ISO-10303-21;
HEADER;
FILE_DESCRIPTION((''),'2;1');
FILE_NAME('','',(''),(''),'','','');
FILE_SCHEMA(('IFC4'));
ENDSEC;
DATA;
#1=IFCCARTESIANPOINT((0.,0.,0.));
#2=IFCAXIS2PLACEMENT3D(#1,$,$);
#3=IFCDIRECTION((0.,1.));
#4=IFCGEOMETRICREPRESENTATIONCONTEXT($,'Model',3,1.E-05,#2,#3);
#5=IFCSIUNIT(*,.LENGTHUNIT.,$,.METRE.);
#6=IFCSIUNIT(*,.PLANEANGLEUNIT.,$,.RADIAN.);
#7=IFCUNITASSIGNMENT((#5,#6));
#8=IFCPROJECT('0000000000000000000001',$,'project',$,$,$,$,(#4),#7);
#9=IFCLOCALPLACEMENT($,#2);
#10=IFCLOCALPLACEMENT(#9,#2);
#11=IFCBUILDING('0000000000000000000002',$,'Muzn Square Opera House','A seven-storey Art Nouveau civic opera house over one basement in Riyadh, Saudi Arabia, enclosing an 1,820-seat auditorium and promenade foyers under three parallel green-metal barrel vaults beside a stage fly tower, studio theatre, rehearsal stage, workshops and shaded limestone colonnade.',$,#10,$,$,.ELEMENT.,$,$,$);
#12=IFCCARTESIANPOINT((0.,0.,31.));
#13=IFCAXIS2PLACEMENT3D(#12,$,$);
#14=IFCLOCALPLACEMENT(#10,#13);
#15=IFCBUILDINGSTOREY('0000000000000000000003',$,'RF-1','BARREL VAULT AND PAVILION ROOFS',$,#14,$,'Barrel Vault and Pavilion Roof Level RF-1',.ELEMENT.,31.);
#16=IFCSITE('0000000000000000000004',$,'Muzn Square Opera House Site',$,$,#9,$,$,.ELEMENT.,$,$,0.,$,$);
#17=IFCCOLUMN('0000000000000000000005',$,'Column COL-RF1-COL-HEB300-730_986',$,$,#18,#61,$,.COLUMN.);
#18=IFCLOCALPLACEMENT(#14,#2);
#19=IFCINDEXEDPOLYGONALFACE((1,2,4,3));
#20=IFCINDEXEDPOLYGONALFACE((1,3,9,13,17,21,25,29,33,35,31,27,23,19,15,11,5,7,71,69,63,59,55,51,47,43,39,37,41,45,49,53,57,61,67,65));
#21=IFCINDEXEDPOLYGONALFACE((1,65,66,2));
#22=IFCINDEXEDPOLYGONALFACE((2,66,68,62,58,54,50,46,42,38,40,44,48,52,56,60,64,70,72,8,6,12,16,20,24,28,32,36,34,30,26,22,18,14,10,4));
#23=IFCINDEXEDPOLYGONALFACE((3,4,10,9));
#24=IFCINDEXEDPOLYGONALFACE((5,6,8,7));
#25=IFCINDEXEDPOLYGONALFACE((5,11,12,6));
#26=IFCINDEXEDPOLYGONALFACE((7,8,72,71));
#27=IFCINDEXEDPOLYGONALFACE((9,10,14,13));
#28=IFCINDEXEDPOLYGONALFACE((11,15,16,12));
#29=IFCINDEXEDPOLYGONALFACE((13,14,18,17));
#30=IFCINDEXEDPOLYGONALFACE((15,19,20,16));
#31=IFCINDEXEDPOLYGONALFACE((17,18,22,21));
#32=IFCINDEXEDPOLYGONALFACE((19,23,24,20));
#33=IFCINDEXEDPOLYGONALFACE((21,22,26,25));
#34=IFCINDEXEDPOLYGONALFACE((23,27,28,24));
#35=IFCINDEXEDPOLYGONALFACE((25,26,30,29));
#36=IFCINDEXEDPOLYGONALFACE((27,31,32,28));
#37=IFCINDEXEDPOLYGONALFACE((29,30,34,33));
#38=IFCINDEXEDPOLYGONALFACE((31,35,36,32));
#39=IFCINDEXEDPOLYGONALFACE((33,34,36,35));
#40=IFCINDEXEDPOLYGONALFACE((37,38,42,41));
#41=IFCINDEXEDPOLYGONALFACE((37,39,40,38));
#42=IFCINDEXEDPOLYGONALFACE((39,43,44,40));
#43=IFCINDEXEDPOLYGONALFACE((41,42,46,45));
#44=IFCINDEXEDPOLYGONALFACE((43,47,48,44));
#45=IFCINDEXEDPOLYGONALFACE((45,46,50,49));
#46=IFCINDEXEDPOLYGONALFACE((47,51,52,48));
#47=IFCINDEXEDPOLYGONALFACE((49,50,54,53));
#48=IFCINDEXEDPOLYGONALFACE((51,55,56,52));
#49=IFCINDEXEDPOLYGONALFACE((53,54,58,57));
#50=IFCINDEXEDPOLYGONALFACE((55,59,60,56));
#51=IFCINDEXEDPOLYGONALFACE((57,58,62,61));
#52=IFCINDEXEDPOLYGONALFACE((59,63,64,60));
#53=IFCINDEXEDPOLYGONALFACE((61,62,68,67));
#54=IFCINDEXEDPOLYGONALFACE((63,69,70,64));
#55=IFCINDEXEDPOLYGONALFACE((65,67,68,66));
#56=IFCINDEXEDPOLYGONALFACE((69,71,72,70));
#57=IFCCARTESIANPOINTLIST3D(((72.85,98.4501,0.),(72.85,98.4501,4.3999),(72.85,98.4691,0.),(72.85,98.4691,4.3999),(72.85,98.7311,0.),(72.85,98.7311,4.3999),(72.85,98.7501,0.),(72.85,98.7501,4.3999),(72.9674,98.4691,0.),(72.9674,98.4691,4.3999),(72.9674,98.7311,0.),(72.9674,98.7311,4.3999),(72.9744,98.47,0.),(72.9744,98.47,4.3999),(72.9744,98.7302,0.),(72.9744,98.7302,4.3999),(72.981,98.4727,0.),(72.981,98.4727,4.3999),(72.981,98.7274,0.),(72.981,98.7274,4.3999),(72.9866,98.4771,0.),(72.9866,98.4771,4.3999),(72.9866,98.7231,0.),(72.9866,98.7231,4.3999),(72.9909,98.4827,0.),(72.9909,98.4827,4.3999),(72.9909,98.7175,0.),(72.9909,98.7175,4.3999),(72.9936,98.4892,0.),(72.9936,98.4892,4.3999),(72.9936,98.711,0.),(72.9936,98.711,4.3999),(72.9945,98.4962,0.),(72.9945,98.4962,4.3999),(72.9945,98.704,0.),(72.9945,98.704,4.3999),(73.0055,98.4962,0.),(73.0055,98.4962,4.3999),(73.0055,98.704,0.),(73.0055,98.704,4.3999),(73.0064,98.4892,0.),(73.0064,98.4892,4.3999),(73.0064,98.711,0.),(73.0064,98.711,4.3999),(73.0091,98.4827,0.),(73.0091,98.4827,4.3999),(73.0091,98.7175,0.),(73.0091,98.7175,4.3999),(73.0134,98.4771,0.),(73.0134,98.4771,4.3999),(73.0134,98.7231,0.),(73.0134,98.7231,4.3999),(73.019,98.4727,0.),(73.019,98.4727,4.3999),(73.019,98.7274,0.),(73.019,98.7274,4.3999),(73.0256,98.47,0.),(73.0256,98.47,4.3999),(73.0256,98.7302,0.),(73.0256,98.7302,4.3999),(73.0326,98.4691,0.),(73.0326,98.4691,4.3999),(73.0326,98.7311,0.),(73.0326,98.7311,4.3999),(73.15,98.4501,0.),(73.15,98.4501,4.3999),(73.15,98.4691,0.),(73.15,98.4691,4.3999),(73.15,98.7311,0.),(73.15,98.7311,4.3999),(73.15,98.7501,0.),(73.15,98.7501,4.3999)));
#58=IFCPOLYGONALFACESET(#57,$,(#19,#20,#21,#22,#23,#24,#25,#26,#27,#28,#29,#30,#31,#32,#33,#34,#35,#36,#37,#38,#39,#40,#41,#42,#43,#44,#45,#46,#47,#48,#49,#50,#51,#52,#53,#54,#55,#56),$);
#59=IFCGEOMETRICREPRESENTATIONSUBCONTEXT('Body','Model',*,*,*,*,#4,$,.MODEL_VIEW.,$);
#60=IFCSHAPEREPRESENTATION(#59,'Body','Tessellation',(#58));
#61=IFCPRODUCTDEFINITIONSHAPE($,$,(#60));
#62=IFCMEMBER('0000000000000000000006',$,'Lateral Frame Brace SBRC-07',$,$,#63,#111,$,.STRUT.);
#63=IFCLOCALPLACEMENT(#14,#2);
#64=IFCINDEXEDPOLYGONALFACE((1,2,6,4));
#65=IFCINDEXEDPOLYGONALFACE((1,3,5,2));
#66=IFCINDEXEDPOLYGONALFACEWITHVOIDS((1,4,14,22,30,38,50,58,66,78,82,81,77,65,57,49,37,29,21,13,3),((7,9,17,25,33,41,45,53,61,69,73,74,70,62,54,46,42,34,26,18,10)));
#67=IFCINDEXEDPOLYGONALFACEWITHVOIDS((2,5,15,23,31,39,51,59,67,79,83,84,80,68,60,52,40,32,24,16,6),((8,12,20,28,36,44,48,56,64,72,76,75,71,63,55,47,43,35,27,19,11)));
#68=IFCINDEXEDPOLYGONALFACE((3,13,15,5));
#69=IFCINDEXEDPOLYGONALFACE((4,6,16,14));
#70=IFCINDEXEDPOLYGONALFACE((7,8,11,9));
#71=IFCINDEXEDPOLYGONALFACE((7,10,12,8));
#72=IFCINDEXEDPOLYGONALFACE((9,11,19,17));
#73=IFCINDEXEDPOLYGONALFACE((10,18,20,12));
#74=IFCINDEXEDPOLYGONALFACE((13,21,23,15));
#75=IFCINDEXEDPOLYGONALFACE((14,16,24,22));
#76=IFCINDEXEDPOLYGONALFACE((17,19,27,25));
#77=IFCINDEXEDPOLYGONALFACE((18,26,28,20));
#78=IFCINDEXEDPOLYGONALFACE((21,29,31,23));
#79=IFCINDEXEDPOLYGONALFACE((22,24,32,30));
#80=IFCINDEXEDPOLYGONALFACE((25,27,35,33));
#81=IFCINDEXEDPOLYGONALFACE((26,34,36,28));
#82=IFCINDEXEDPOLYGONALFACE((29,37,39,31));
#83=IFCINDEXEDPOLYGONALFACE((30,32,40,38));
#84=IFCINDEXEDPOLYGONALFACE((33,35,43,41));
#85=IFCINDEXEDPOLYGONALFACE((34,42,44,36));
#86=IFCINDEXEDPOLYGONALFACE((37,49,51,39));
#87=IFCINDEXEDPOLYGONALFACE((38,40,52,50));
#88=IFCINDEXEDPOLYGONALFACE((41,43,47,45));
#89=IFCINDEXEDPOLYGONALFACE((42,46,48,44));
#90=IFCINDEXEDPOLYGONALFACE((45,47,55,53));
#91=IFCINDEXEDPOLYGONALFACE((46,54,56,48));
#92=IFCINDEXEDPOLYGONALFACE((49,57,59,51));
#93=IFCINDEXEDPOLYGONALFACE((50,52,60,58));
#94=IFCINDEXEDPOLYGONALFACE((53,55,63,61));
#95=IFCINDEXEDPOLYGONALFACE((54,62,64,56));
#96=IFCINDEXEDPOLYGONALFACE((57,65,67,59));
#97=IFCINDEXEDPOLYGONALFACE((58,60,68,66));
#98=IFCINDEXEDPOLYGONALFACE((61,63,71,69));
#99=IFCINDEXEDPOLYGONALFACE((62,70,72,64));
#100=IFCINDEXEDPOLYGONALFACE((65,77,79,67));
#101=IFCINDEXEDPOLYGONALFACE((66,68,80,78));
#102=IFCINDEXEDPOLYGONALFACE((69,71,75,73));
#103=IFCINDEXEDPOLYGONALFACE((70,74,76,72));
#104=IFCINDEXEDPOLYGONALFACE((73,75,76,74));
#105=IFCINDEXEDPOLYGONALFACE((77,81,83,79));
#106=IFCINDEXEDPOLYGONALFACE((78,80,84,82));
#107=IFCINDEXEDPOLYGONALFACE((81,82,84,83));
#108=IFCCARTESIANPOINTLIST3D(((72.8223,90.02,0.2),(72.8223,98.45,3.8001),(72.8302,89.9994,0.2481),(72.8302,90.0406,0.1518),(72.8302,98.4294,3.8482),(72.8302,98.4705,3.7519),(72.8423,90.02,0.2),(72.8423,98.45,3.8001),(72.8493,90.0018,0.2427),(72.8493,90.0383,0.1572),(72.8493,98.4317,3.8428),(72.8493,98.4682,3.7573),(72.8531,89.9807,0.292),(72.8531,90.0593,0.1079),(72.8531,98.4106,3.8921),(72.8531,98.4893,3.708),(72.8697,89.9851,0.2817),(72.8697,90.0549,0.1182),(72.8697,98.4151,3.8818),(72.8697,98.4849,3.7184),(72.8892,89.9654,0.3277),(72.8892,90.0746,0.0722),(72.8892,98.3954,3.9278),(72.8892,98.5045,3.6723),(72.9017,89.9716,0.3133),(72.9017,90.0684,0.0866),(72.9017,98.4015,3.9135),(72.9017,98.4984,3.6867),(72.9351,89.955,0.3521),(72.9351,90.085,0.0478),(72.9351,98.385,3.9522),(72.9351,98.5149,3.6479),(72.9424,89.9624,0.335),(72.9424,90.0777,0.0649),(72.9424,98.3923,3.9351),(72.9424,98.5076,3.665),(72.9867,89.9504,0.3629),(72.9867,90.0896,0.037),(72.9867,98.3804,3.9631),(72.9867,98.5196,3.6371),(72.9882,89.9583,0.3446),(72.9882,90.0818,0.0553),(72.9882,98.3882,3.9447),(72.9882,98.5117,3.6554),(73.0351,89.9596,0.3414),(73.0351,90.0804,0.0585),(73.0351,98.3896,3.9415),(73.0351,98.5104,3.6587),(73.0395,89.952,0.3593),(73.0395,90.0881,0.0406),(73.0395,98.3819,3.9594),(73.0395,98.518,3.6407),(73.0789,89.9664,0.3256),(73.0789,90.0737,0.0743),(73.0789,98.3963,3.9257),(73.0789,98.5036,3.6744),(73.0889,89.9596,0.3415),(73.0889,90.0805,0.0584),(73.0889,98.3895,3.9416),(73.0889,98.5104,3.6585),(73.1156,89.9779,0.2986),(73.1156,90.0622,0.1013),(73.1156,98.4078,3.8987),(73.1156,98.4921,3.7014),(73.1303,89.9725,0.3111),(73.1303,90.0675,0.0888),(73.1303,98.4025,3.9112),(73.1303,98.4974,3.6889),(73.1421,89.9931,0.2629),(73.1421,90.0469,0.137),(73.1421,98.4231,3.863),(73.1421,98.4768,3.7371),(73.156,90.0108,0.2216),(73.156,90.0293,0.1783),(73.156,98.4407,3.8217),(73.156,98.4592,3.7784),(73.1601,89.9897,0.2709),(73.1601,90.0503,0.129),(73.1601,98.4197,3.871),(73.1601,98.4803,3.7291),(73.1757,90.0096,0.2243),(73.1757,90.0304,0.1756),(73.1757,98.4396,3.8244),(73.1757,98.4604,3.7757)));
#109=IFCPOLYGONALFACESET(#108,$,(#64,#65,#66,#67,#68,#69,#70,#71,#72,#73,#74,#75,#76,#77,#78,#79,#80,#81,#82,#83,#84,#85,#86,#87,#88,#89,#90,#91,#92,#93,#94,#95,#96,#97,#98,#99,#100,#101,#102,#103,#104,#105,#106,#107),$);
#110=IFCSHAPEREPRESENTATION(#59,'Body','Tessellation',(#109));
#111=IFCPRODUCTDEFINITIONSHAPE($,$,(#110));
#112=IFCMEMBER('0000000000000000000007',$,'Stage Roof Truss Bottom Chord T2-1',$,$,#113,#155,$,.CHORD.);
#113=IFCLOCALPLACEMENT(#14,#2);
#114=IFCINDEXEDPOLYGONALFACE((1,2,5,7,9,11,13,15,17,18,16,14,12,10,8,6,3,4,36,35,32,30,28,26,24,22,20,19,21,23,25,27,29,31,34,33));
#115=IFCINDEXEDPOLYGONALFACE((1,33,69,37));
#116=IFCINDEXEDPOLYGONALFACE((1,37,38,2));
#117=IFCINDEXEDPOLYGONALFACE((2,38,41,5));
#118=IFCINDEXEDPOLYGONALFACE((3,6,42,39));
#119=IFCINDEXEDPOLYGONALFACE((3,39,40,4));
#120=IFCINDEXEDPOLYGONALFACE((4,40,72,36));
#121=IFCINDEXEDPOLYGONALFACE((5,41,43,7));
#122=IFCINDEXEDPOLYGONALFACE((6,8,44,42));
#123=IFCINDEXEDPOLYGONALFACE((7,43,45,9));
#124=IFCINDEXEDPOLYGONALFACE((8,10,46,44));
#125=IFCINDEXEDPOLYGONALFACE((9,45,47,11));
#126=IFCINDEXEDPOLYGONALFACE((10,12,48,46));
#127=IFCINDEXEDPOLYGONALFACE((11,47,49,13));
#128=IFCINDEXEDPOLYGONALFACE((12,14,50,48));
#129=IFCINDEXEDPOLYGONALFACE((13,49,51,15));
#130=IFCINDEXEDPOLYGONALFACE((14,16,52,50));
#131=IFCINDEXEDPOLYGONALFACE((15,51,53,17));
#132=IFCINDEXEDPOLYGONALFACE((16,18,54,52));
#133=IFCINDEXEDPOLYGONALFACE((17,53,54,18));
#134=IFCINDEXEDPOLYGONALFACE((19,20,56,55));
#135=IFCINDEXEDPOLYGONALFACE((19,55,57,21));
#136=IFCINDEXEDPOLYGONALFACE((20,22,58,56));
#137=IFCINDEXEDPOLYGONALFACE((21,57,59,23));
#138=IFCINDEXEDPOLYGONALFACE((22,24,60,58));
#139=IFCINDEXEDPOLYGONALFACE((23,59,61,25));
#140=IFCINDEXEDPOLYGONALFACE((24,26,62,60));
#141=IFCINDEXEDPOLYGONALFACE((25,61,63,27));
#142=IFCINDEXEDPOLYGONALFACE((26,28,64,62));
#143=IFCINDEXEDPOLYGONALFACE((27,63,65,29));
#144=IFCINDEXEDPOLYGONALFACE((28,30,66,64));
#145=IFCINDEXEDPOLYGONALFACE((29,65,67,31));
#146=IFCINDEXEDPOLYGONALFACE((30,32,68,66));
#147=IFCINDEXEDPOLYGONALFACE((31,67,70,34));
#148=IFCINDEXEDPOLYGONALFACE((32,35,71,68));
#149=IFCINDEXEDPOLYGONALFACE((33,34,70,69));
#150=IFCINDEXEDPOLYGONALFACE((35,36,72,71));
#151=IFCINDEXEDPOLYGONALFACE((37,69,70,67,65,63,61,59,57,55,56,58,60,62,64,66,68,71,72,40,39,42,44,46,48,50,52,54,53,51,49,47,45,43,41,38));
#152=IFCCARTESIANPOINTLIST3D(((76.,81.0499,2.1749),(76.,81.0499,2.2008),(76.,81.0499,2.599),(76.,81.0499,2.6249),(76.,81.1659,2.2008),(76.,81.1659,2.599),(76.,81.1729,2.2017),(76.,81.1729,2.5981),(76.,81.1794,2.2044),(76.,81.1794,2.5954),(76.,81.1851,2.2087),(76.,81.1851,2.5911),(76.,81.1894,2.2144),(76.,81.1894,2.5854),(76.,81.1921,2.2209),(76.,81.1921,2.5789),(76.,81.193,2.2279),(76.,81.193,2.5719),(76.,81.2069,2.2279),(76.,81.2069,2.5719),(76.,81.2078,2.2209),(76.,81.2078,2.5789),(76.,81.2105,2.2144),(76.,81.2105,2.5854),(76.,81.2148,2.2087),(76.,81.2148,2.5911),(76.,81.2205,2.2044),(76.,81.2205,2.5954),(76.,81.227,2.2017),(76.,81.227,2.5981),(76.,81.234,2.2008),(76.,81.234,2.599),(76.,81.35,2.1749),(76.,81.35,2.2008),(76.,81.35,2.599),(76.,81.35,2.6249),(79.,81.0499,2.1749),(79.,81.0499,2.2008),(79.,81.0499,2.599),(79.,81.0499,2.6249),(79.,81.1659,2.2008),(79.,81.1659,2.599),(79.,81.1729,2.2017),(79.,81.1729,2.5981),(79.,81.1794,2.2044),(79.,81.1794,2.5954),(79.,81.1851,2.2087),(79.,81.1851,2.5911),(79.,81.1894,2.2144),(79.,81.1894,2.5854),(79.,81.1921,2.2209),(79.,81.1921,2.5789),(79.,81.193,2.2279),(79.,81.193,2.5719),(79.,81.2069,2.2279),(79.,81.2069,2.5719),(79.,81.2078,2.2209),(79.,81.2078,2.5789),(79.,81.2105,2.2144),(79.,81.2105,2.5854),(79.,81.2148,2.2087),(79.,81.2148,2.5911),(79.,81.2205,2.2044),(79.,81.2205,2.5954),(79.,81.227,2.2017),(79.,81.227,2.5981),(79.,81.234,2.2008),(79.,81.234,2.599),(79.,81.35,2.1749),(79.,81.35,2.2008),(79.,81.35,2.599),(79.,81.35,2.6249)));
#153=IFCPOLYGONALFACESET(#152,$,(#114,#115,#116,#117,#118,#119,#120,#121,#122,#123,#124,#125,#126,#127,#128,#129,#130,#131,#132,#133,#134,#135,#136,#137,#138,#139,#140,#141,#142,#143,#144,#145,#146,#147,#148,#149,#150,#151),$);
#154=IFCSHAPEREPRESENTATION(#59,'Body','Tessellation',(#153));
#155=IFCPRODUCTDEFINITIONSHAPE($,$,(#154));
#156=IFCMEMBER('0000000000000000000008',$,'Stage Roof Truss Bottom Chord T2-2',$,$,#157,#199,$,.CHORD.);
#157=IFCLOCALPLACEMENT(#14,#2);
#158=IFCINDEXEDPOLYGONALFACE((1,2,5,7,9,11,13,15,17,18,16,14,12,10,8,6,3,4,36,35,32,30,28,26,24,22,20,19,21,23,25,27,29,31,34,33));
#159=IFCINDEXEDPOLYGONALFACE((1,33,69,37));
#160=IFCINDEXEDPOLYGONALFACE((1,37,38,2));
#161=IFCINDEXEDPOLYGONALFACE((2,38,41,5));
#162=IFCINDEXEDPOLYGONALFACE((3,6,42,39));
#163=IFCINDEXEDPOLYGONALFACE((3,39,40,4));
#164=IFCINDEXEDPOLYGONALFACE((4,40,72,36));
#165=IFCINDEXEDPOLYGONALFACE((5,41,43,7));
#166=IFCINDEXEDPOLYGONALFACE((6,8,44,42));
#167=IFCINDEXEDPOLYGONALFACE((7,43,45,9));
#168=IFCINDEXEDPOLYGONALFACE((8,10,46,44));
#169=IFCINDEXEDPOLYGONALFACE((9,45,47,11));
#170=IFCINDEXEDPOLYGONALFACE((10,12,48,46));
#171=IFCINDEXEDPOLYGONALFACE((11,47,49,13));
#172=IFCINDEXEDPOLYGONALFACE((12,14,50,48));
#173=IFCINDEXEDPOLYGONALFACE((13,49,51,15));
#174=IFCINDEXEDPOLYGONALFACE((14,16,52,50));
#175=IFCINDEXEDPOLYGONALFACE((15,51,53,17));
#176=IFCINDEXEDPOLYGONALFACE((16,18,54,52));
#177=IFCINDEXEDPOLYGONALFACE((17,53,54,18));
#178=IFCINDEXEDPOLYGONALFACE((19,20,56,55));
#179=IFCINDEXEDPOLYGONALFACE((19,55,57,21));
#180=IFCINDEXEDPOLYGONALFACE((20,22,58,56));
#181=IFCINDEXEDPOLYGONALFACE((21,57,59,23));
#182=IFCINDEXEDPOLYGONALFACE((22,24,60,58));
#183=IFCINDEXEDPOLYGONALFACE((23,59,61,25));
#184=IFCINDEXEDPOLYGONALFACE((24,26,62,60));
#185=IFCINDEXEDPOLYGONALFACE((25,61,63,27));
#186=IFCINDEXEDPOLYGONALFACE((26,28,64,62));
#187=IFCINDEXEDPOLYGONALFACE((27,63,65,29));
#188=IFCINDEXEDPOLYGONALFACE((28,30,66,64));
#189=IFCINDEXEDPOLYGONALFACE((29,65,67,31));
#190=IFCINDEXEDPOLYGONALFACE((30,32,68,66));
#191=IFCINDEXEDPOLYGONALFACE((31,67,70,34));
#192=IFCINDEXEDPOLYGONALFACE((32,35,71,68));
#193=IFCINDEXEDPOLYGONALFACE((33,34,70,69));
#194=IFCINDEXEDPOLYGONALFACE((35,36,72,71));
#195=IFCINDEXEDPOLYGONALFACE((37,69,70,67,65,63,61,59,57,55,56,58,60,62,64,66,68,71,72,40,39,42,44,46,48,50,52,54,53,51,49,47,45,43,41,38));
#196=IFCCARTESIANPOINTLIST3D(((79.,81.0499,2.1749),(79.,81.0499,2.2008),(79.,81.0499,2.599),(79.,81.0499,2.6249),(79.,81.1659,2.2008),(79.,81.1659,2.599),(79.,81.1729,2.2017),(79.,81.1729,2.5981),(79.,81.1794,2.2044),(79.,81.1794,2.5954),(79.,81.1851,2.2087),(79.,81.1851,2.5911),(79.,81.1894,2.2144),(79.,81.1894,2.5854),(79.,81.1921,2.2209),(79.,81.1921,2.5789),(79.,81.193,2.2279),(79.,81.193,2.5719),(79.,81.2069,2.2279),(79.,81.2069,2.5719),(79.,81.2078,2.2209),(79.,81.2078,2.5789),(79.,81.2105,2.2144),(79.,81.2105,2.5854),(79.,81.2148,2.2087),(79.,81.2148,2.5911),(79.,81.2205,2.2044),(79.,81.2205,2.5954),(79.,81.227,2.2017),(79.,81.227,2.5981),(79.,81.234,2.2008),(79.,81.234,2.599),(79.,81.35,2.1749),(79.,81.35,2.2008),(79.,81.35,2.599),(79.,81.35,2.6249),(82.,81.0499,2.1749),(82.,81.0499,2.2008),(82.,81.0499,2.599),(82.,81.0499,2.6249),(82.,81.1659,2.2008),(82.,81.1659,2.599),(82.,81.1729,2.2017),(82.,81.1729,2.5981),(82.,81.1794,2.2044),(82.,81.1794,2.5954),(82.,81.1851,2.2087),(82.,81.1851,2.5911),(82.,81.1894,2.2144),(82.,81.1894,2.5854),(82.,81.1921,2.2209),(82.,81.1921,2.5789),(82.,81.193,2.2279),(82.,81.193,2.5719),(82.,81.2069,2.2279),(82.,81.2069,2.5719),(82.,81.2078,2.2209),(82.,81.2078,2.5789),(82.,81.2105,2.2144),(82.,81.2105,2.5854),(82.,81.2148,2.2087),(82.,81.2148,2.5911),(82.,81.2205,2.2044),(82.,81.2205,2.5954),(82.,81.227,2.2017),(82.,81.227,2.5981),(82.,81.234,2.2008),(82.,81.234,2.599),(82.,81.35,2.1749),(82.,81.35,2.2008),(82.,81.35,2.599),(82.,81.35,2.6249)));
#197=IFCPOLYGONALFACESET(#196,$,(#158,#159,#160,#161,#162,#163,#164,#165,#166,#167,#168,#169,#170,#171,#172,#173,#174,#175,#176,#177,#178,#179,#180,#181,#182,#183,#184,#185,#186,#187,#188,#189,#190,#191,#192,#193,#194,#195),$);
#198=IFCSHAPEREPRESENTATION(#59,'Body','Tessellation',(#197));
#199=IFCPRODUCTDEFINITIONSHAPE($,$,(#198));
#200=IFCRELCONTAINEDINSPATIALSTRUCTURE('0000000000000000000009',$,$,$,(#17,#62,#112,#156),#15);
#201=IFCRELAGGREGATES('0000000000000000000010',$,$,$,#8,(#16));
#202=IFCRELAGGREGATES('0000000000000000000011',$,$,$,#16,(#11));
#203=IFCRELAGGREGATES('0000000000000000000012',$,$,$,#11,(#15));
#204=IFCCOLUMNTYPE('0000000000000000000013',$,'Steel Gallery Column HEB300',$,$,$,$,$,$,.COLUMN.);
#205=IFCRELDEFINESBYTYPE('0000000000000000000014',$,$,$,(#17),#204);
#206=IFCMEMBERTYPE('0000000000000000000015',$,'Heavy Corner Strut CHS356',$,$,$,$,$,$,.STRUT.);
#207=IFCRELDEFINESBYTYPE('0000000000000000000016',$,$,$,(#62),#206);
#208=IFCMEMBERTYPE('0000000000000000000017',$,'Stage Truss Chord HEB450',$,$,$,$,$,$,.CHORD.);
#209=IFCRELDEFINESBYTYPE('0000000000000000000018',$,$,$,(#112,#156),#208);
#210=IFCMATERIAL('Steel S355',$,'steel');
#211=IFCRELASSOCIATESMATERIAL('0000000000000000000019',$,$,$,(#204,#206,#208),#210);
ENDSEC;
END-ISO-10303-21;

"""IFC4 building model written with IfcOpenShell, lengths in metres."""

from ifc_helpers import new_model, si_unit, direction, frame, origin, origin_2d, place, context, subcontext, project, spatial, hollow_circle, i_section, extrude, material, material_profile, profile_set, type_object, element, save


model = new_model("IFC4")

# Units and contexts
model_context = context("Model", 3, precision=1e-05, world=origin(), true_north=direction((0.0, 1.0)))
body_context = subcontext(model_context, "Body", "Model", "MODEL_VIEW")
ifc_project = project(units=[si_unit("LENGTHUNIT", "METRE"), si_unit("PLANEANGLEUNIT", "RADIAN")], contexts=[model_context])

# Site, building, storey
site_placement = place(None, origin())
site = spatial("IfcSite", under=ifc_project, at=site_placement, Name="Muzn Square Opera House Site", CompositionType="ELEMENT", RefElevation=0.0)
building_placement = place(site_placement, origin())
building = spatial("IfcBuilding", under=site, at=building_placement, Name="Muzn Square Opera House", Description="A seven-storey Art Nouveau civic opera house over one basement in Riyadh, Saudi Arabia, enclosing an 1,820-seat auditorium and promenade foyers under three parallel green-metal barrel vaults beside a stage fly tower, studio theatre, rehearsal stage, workshops and shaded limestone colonnade.", CompositionType="ELEMENT")
storey_placement = place(building_placement, frame((0.0, 0.0, 31.0)))
storey = spatial("IfcBuildingStorey", under=building, at=storey_placement, Name="RF-1", Description="BARREL VAULT AND PAVILION ROOFS", LongName="Barrel Vault and Pavilion Roof Level RF-1", CompositionType="ELEMENT", Elevation=31.0)

# Column
ifc_material_1 = material(Name="Steel S355", Category="steel")
ifc_material_profile_1 = material_profile(ifc_material_1, i_section(OverallWidth=0.3, OverallDepth=0.3, WebThickness=0.011, FlangeThickness=0.019, FilletRadius=0.0271, at=origin_2d()), Name="HEB 300", Category="steel")
ifc_profile_set_1 = profile_set([ifc_material_profile_1], Name="Steel S355")
column_type = type_object("IfcColumnType", Name="Steel Gallery Column HEB300", PredefinedType="COLUMN", material=ifc_profile_set_1)
column_placement = place(storey_placement, frame((73.0, 98.6001, 0.0), z_axis=(0.0, 0.0, 1.0), x_axis=(1.0, 0.0, 0.0)))
element("IfcColumn", 1, at=column_placement, inside=storey, type_object=column_type, Name="Column COL-RF1-COL-HEB300-730_986", PredefinedType="COLUMN", context=body_context, shape_type="SweptSolid", body=[
    extrude(i_section(OverallWidth=0.3, OverallDepth=0.3, WebThickness=0.011, FlangeThickness=0.019, FilletRadius=0.0271, at=origin_2d()), origin(), (0.0, 0.0, 1.0), 4.3999),
])

# Members
ifc_material_profile_2 = material_profile(ifc_material_1, hollow_circle(Radius=0.1777, WallThickness=0.02, at=origin_2d()), Name="CHS 355.6x20", Category="steel")
ifc_profile_set_2 = profile_set([ifc_material_profile_2], Name="Steel S355")
member_type_1 = type_object("IfcMemberType", Name="Heavy Corner Strut CHS356", PredefinedType="STRUT", material=ifc_profile_set_2)
member_placement = place(storey_placement, frame((73.0, 90.02, 0.2), z_axis=(0.0, 0.919647, 0.392746), x_axis=(-1.0, 0.0, 0.0)))
element("IfcMember", 2, at=member_placement, inside=storey, type_object=member_type_1, Name="Lateral Frame Brace SBRC-07", PredefinedType="STRUT", context=body_context, shape_type="SweptSolid", body=[
    extrude(hollow_circle(Radius=0.1777, WallThickness=0.02, at=origin_2d()), origin(), (0.0, 0.0, 1.0), 9.1665),
])
ifc_material_profile_3 = material_profile(ifc_material_1, i_section(OverallWidth=0.3, OverallDepth=0.45, WebThickness=0.0139, FlangeThickness=0.0259, FilletRadius=0.0271, at=origin_2d()), Name="HEB 450", Category="steel")
ifc_profile_set_3 = profile_set([ifc_material_profile_3], Name="Steel S355")
member_type_2 = type_object("IfcMemberType", Name="Stage Truss Chord HEB450", PredefinedType="CHORD", material=ifc_profile_set_3)
for number, where, z_axis, x_axis, name in (
    (3, (76.0, 81.2, 2.3999), (1.0, 0.0, 0.0), (0.0, 1.0, 0.0), "Stage Roof Truss Bottom Chord T2-1"),
    (4, (79.0, 81.2, 2.3999), (1.0, 0.0, 0.0), (0.0, 1.0, 0.0), "Stage Roof Truss Bottom Chord T2-2"),
):
    element("IfcMember", number, at=place(storey_placement, frame(where, z_axis=z_axis, x_axis=x_axis)), inside=storey, type_object=member_type_2, Name=name, PredefinedType="CHORD", context=body_context, shape_type="SweptSolid", body=[
        extrude(i_section(OverallWidth=0.3, OverallDepth=0.45, WebThickness=0.0139, FlangeThickness=0.0259, FilletRadius=0.0271, at=origin_2d()), origin(), (0.0, 0.0, 1.0), 3.0),
    ])

save(model, "model.ifc")
